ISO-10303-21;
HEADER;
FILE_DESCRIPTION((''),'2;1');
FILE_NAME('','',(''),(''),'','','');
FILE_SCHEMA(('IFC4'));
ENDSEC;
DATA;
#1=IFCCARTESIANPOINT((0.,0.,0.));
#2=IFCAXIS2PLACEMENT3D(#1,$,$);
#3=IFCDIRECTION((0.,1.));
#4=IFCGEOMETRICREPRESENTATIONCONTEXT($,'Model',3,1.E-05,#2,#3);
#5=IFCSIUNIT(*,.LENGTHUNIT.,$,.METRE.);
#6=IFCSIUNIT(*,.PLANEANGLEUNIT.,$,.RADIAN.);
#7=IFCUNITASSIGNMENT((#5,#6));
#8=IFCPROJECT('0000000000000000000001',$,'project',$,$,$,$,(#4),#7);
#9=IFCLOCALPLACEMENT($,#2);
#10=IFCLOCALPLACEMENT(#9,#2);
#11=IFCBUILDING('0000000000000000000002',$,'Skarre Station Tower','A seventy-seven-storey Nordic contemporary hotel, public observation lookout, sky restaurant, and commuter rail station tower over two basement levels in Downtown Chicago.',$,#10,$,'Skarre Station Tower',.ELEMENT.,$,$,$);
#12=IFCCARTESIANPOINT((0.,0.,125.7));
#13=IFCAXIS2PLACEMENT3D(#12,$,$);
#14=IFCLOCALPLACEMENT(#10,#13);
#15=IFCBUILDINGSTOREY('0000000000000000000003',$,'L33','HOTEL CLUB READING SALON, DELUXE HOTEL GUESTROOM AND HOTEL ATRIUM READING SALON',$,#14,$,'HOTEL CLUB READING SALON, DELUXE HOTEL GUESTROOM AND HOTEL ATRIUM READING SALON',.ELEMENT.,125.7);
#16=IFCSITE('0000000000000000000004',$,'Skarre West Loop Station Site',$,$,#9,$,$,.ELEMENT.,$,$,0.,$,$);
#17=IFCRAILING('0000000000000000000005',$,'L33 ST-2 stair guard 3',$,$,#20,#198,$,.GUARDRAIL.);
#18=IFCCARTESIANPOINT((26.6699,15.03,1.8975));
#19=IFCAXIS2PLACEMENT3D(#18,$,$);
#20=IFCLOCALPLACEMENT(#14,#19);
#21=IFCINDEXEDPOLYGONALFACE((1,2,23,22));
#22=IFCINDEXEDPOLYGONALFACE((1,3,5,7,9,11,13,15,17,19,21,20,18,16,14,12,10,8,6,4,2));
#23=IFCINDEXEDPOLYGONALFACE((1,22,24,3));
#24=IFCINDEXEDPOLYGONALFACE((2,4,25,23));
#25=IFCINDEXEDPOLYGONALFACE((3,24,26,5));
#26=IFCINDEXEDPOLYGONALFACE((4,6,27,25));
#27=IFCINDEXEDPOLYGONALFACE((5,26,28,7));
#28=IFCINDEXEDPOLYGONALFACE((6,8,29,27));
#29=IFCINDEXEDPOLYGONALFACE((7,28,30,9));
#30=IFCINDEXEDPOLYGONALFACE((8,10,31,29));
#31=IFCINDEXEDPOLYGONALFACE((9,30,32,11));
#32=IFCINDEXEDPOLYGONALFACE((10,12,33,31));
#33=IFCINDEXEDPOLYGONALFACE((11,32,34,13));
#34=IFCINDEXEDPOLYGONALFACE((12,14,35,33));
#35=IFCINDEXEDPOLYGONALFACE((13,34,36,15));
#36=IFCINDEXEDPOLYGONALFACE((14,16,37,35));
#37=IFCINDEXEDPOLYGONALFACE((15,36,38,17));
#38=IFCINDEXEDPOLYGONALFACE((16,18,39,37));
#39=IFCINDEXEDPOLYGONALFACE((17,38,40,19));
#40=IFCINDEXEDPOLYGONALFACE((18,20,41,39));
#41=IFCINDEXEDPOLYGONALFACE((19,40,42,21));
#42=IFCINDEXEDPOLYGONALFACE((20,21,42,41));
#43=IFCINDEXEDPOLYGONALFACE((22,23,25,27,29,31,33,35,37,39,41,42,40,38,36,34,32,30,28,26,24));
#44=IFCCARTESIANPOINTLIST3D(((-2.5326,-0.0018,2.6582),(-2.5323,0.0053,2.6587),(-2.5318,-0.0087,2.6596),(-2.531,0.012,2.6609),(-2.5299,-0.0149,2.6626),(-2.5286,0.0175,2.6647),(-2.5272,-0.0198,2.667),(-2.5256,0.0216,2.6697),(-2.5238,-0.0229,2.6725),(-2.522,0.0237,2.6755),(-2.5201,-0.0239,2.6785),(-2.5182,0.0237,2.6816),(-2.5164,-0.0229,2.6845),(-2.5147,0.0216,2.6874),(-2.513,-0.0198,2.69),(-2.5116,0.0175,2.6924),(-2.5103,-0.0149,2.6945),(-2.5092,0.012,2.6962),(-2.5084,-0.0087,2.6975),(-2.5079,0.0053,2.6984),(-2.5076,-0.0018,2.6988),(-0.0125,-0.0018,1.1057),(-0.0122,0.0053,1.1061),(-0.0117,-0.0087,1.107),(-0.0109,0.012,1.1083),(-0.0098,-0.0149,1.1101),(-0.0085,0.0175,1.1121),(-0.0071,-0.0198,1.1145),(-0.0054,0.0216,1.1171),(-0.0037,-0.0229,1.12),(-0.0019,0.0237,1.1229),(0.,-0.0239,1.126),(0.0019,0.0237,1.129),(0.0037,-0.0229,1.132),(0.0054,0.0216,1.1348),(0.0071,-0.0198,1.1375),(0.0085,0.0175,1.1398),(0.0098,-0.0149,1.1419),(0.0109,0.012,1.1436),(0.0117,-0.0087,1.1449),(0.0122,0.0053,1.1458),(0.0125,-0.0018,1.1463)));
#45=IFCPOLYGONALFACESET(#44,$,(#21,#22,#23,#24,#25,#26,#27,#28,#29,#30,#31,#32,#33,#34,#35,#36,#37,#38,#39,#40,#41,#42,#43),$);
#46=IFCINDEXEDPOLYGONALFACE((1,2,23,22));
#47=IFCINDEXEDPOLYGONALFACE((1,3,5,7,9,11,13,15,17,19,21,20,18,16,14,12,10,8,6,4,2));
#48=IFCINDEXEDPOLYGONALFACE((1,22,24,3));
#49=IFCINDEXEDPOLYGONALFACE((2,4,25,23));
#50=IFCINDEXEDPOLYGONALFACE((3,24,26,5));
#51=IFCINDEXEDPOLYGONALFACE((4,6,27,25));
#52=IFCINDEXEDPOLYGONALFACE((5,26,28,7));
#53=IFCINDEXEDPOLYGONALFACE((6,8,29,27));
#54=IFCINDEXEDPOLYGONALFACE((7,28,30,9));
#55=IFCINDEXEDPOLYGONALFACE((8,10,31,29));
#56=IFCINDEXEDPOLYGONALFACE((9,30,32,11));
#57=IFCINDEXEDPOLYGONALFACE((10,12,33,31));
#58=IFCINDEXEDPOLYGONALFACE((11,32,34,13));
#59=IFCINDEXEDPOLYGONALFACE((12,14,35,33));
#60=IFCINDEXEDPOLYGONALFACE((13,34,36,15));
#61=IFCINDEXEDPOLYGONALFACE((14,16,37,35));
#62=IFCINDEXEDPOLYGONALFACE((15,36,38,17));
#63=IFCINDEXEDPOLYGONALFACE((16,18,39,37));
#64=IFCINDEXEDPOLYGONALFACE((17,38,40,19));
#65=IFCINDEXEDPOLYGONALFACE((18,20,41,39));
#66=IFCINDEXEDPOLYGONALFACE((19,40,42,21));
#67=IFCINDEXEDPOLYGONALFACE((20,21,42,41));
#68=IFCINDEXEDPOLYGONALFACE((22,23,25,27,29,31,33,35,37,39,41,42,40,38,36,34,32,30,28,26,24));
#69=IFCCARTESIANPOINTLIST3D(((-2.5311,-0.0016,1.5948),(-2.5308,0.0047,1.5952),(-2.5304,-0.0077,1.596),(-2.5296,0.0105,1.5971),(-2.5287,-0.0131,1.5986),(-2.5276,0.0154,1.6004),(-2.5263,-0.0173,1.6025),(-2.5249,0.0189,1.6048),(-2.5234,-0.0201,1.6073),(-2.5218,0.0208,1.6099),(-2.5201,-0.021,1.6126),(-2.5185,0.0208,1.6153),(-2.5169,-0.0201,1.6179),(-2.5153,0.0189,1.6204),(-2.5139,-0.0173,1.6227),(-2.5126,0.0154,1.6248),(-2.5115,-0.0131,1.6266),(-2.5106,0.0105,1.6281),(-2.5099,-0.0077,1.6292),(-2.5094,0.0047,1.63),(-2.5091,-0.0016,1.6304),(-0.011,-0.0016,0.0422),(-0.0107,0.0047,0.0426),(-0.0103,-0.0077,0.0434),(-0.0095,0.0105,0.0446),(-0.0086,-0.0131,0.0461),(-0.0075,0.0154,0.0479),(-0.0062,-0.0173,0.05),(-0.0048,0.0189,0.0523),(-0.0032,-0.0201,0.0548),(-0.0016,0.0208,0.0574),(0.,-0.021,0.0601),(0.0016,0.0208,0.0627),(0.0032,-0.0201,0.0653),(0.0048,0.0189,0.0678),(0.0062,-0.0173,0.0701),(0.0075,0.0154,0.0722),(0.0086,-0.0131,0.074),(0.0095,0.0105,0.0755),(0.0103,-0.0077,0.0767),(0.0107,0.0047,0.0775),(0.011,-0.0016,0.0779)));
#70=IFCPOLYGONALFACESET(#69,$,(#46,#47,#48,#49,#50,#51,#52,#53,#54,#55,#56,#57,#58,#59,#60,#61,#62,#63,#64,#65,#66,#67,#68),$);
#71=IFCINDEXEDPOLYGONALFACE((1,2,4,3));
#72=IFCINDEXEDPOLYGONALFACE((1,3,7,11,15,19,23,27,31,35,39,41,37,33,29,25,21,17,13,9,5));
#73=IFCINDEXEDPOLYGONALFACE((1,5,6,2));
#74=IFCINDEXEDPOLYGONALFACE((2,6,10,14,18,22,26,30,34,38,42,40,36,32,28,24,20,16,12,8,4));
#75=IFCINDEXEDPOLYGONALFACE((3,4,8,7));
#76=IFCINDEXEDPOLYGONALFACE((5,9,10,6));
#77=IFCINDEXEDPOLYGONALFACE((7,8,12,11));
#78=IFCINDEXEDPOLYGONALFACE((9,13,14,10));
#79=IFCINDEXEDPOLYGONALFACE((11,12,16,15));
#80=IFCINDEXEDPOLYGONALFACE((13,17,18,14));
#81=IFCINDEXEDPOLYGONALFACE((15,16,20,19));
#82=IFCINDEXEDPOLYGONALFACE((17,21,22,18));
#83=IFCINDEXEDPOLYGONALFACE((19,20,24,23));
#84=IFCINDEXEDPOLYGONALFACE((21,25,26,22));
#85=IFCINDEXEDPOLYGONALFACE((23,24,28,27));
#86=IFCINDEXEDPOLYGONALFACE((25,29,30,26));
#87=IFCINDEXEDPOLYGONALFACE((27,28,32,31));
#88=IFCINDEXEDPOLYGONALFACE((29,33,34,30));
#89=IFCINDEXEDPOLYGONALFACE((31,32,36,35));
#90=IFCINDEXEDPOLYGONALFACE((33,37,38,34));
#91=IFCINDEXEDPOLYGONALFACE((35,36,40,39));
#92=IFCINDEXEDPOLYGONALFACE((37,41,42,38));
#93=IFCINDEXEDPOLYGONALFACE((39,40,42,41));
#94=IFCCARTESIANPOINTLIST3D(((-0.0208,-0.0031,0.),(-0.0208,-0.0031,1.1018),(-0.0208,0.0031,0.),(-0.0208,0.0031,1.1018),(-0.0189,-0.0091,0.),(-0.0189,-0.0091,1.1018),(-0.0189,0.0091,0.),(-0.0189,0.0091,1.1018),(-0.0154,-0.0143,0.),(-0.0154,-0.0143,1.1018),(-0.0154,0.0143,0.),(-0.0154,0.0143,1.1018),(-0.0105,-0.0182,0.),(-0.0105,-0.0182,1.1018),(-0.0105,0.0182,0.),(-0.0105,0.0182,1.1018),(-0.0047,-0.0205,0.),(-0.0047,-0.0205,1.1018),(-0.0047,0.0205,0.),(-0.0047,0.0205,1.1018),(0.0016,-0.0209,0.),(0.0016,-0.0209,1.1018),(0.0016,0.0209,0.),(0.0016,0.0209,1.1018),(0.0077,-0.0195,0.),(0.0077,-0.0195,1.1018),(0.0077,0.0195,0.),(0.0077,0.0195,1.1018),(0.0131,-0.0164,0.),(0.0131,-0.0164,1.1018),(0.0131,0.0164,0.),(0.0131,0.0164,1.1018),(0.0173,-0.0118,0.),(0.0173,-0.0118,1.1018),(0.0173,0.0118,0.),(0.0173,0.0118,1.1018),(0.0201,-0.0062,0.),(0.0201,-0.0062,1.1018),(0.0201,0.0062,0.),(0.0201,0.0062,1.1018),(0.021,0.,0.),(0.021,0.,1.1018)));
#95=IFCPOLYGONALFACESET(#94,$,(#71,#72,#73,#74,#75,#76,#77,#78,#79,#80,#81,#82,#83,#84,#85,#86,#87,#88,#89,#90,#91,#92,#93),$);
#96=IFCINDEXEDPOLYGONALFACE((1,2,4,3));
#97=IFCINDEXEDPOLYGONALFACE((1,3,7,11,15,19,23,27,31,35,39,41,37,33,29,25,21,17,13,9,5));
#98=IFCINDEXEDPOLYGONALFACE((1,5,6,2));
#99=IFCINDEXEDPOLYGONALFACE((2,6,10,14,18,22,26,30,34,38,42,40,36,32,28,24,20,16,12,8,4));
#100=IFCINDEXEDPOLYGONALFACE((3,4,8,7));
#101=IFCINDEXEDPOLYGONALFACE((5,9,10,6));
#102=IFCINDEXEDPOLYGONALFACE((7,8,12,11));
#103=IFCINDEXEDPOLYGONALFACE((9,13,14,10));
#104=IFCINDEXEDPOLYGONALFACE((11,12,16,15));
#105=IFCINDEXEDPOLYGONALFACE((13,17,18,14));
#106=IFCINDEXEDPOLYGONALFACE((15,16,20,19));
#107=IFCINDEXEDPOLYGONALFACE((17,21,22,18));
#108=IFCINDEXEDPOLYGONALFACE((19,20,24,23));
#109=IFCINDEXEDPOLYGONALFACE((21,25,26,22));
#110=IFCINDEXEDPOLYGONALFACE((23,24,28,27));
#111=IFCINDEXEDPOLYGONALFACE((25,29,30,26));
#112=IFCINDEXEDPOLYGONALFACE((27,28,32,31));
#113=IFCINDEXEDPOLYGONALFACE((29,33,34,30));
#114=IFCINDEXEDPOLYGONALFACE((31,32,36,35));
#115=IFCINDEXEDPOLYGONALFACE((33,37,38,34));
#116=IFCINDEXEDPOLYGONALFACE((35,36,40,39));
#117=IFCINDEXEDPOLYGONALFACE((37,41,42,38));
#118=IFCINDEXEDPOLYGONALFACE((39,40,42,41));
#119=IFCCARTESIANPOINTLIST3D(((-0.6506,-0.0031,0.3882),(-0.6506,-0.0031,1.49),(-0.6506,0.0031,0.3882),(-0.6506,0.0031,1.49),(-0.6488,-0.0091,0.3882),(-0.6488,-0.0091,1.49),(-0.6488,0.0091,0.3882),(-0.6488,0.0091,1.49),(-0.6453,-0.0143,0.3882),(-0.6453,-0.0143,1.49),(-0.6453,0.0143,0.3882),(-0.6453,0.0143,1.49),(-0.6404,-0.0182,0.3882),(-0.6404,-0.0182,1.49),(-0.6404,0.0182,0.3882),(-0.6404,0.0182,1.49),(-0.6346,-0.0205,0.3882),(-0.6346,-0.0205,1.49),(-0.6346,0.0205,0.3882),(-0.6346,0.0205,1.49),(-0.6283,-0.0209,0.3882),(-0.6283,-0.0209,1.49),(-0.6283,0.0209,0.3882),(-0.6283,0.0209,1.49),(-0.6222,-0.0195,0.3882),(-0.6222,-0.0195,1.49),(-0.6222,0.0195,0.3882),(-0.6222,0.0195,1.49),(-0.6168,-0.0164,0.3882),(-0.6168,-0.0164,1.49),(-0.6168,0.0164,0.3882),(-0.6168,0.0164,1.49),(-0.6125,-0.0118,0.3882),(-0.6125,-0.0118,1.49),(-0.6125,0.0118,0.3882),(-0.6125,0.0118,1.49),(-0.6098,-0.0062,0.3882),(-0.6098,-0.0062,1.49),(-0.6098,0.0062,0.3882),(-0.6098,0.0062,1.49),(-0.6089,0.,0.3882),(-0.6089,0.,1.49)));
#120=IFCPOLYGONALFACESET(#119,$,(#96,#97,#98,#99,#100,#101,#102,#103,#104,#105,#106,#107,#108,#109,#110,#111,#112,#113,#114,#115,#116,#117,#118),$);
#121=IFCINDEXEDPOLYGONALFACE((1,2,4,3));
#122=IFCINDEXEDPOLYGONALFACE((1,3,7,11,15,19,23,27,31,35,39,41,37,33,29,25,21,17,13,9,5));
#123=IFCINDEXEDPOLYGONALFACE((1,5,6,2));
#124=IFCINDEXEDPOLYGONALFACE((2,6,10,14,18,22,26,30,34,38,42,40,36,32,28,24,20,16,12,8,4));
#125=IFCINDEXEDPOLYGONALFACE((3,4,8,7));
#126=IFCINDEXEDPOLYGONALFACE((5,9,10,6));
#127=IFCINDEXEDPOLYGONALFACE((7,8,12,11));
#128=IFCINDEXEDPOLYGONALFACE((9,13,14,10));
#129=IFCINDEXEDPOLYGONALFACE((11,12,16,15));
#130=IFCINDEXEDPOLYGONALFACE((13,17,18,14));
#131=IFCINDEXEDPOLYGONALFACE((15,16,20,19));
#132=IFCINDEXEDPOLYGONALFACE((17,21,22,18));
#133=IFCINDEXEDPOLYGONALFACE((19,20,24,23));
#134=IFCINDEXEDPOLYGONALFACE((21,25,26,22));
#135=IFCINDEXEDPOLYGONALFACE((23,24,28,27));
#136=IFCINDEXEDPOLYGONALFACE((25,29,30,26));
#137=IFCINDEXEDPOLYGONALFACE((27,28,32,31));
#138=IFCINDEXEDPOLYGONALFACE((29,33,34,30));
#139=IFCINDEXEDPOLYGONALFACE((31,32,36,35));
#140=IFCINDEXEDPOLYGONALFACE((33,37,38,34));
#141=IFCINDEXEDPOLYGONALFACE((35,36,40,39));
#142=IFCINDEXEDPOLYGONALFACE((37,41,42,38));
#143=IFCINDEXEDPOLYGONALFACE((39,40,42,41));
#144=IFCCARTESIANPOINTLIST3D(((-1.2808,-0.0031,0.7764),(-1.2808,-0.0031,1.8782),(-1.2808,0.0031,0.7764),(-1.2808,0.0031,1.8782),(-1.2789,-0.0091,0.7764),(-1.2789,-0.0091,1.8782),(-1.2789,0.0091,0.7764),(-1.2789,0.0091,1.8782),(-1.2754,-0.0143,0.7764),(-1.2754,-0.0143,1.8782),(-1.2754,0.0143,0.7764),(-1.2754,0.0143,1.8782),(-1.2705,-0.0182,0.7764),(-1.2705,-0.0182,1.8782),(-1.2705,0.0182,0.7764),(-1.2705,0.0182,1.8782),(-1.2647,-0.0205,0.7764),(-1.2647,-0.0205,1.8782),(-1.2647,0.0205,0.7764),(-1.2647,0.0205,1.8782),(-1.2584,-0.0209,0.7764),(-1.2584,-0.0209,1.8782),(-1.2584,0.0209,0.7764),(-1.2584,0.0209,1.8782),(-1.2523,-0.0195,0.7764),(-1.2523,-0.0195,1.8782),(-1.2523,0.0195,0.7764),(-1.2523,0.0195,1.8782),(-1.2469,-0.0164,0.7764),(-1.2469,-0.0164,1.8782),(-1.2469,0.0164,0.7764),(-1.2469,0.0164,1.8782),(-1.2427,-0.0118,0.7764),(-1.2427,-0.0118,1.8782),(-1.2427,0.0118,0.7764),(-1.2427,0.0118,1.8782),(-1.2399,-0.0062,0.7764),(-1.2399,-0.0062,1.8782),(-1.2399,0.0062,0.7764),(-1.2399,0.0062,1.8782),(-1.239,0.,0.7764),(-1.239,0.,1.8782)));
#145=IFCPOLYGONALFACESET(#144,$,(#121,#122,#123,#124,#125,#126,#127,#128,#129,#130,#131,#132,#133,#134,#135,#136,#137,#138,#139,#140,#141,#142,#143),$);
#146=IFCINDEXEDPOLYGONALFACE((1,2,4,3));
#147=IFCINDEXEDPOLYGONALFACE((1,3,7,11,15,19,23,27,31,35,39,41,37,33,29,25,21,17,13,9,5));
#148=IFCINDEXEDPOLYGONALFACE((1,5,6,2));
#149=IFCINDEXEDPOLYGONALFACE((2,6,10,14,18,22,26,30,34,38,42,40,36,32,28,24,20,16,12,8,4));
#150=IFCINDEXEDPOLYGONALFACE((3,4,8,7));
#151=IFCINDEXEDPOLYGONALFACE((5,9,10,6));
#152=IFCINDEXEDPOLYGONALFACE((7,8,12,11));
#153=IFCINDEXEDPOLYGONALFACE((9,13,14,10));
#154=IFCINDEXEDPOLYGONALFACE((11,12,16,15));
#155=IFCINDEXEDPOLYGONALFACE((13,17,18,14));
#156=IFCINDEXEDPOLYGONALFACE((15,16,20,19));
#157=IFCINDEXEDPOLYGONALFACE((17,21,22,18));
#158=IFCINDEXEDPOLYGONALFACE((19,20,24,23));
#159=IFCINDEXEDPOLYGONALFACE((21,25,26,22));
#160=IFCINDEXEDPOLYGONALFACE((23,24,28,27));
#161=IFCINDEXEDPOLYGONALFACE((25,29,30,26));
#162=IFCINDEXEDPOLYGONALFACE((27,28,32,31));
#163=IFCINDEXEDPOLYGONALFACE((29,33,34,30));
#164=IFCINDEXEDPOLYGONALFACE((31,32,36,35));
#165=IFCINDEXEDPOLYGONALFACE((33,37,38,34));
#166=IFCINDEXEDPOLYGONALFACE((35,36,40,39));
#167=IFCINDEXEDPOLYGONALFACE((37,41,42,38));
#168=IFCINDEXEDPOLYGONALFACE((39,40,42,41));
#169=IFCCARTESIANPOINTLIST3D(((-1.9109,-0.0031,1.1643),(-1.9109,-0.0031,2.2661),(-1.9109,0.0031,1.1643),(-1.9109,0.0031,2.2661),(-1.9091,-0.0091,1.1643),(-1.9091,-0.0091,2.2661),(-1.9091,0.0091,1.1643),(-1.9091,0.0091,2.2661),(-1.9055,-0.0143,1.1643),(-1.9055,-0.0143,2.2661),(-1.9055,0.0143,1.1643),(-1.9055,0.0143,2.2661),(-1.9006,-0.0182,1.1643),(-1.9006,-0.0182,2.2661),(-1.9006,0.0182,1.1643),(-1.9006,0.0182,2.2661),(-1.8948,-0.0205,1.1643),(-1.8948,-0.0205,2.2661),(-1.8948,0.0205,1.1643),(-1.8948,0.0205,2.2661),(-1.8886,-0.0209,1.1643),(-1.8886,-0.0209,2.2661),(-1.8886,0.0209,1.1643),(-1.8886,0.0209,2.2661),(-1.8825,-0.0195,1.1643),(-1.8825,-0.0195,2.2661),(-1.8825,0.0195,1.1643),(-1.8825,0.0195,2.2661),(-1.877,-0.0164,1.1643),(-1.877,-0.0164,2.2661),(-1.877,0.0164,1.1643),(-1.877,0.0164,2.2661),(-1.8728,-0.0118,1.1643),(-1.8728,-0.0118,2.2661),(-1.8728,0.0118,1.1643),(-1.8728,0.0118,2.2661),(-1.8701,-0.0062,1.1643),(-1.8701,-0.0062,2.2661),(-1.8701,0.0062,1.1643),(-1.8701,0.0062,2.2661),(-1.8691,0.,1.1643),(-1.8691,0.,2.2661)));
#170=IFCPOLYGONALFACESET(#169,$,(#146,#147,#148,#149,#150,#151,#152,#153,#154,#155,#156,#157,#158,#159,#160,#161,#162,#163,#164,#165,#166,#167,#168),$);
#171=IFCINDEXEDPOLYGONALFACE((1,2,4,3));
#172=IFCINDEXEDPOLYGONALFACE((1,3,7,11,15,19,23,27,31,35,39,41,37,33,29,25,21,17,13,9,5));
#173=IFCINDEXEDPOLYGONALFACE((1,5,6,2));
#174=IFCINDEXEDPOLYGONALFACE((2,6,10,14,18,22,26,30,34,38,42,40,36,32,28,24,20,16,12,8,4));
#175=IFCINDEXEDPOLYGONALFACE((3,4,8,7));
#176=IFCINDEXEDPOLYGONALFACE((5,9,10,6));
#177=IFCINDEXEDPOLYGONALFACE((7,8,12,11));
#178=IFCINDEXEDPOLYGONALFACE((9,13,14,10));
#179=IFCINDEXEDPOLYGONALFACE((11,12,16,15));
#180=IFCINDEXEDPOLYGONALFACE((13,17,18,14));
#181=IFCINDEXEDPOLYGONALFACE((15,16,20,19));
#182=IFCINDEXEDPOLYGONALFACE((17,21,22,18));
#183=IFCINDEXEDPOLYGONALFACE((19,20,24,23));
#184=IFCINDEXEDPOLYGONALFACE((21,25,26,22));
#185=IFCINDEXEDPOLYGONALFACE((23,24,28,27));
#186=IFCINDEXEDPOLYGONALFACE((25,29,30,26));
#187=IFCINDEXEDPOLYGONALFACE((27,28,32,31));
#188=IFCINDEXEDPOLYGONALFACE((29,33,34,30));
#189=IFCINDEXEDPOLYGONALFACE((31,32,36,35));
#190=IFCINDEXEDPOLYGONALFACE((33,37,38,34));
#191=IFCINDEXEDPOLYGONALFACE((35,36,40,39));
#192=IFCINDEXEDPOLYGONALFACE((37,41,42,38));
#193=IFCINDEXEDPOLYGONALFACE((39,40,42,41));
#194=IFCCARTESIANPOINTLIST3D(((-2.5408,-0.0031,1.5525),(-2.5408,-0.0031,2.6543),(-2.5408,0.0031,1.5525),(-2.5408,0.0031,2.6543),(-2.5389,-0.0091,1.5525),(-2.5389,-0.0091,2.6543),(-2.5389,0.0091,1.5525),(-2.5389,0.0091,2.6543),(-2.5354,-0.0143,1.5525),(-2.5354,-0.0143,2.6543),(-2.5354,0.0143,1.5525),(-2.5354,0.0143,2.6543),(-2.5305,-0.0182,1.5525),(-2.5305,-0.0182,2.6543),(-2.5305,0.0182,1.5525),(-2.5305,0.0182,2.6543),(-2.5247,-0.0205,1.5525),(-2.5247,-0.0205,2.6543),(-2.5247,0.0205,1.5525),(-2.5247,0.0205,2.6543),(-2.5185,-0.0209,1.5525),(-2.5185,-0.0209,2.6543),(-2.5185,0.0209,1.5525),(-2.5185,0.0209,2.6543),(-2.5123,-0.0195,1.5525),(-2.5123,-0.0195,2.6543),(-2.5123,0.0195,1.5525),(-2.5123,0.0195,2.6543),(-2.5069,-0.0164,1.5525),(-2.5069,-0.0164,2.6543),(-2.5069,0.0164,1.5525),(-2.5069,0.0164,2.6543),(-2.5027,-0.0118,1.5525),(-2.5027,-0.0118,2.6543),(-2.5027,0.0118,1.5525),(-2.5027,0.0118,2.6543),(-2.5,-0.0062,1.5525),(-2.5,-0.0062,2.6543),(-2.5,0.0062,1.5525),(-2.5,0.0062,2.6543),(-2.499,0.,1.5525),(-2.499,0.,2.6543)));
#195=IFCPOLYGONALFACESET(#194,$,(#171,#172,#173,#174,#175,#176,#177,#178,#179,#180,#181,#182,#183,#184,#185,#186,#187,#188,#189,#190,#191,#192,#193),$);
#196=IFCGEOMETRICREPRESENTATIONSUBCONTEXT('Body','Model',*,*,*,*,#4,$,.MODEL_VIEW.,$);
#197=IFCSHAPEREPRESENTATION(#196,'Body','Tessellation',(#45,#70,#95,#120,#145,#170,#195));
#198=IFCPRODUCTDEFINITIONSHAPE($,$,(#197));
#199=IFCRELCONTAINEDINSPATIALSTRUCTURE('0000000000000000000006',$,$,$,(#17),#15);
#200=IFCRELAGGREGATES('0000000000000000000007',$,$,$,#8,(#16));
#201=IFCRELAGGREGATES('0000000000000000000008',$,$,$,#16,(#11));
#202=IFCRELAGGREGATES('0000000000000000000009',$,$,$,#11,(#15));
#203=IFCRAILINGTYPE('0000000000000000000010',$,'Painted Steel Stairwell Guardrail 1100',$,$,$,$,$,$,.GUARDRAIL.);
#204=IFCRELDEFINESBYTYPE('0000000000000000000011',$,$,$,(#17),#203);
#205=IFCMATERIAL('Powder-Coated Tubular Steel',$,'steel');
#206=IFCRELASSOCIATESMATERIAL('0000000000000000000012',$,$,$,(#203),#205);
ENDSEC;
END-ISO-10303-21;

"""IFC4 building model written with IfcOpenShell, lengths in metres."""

from ifc_helpers import new_model, si_unit, direction, frame, origin, origin_2d, place, context, subcontext, project, spatial, circle, extrude, material, type_object, element, save


model = new_model("IFC4")

# Units and contexts
model_context = context("Model", 3, precision=1e-05, world=origin(), true_north=direction((0.0, 1.0)))
body_context = subcontext(model_context, "Body", "Model", "MODEL_VIEW")
ifc_project = project(units=[si_unit("LENGTHUNIT", "METRE"), si_unit("PLANEANGLEUNIT", "RADIAN")], contexts=[model_context])

# Site, building, storey
site_placement = place(None, origin())
site = spatial("IfcSite", under=ifc_project, at=site_placement, Name="Skarre West Loop Station Site", CompositionType="ELEMENT", RefElevation=0.0)
building_placement = place(site_placement, origin())
building = spatial("IfcBuilding", under=site, at=building_placement, Name="Skarre Station Tower", Description="A seventy-seven-storey Nordic contemporary hotel, public observation lookout, sky restaurant, and commuter rail station tower over two basement levels in Downtown Chicago.", LongName="Skarre Station Tower", CompositionType="ELEMENT")
storey_placement = place(building_placement, frame((0.0, 0.0, 125.7)))
storey = spatial("IfcBuildingStorey", under=building, at=storey_placement, Name="L33", Description="HOTEL CLUB READING SALON, DELUXE HOTEL GUESTROOM AND HOTEL ATRIUM READING SALON", LongName="HOTEL CLUB READING SALON, DELUXE HOTEL GUESTROOM AND HOTEL ATRIUM READING SALON", CompositionType="ELEMENT", Elevation=125.7)

# Railing
ifc_material_1 = material(Name="Powder-Coated Tubular Steel", Category="steel")
railing_type_1 = type_object("IfcRailingType", Name="Painted Steel Stairwell Guardrail 1100", PredefinedType="GUARDRAIL", material=ifc_material_1)
railing_1_placement = place(storey_placement, frame((26.6699, 15.03, 1.8975)))
element("IfcRailing", 1, at=railing_1_placement, inside=storey, type_object=railing_type_1, Name="L33 ST-2 stair guard 3", PredefinedType="GUARDRAIL", context=body_context, shape_type="SweptSolid", body=[
    extrude(circle(Radius=0.0239, at=origin_2d()), frame((0.0, 0.0, 1.126), z_axis=(-0.8514, 0.0, 0.524516), x_axis=(0.0, -1.0, 0.0)), (0.0, 0.0, 1.0), 2.96),
    extrude(circle(Radius=0.021, at=origin_2d()), frame((0.0, 0.0, 0.0601), z_axis=(-0.8514, 0.0, 0.524516), x_axis=(0.0, -1.0, 0.0)), (0.0, 0.0, 1.0), 2.96),
    extrude(circle(Radius=0.021, at=origin_2d()), origin(), (0.0, 0.0, 1.0), 1.1018),
    extrude(circle(Radius=0.021, at=origin_2d()), frame((-0.6299, 0.0, 0.3882)), (0.0, 0.0, 1.0), 1.1018),
    extrude(circle(Radius=0.021, at=origin_2d()), frame((-1.26, 0.0, 0.7764)), (0.0, 0.0, 1.0), 1.1018),
    extrude(circle(Radius=0.021, at=origin_2d()), frame((-1.8901, 0.0, 1.1643)), (0.0, 0.0, 1.0), 1.1018),
    extrude(circle(Radius=0.021, at=origin_2d()), frame((-2.52, 0.0, 1.5525)), (0.0, 0.0, 1.0), 1.1018),
])

save(model, "model.ifc")
